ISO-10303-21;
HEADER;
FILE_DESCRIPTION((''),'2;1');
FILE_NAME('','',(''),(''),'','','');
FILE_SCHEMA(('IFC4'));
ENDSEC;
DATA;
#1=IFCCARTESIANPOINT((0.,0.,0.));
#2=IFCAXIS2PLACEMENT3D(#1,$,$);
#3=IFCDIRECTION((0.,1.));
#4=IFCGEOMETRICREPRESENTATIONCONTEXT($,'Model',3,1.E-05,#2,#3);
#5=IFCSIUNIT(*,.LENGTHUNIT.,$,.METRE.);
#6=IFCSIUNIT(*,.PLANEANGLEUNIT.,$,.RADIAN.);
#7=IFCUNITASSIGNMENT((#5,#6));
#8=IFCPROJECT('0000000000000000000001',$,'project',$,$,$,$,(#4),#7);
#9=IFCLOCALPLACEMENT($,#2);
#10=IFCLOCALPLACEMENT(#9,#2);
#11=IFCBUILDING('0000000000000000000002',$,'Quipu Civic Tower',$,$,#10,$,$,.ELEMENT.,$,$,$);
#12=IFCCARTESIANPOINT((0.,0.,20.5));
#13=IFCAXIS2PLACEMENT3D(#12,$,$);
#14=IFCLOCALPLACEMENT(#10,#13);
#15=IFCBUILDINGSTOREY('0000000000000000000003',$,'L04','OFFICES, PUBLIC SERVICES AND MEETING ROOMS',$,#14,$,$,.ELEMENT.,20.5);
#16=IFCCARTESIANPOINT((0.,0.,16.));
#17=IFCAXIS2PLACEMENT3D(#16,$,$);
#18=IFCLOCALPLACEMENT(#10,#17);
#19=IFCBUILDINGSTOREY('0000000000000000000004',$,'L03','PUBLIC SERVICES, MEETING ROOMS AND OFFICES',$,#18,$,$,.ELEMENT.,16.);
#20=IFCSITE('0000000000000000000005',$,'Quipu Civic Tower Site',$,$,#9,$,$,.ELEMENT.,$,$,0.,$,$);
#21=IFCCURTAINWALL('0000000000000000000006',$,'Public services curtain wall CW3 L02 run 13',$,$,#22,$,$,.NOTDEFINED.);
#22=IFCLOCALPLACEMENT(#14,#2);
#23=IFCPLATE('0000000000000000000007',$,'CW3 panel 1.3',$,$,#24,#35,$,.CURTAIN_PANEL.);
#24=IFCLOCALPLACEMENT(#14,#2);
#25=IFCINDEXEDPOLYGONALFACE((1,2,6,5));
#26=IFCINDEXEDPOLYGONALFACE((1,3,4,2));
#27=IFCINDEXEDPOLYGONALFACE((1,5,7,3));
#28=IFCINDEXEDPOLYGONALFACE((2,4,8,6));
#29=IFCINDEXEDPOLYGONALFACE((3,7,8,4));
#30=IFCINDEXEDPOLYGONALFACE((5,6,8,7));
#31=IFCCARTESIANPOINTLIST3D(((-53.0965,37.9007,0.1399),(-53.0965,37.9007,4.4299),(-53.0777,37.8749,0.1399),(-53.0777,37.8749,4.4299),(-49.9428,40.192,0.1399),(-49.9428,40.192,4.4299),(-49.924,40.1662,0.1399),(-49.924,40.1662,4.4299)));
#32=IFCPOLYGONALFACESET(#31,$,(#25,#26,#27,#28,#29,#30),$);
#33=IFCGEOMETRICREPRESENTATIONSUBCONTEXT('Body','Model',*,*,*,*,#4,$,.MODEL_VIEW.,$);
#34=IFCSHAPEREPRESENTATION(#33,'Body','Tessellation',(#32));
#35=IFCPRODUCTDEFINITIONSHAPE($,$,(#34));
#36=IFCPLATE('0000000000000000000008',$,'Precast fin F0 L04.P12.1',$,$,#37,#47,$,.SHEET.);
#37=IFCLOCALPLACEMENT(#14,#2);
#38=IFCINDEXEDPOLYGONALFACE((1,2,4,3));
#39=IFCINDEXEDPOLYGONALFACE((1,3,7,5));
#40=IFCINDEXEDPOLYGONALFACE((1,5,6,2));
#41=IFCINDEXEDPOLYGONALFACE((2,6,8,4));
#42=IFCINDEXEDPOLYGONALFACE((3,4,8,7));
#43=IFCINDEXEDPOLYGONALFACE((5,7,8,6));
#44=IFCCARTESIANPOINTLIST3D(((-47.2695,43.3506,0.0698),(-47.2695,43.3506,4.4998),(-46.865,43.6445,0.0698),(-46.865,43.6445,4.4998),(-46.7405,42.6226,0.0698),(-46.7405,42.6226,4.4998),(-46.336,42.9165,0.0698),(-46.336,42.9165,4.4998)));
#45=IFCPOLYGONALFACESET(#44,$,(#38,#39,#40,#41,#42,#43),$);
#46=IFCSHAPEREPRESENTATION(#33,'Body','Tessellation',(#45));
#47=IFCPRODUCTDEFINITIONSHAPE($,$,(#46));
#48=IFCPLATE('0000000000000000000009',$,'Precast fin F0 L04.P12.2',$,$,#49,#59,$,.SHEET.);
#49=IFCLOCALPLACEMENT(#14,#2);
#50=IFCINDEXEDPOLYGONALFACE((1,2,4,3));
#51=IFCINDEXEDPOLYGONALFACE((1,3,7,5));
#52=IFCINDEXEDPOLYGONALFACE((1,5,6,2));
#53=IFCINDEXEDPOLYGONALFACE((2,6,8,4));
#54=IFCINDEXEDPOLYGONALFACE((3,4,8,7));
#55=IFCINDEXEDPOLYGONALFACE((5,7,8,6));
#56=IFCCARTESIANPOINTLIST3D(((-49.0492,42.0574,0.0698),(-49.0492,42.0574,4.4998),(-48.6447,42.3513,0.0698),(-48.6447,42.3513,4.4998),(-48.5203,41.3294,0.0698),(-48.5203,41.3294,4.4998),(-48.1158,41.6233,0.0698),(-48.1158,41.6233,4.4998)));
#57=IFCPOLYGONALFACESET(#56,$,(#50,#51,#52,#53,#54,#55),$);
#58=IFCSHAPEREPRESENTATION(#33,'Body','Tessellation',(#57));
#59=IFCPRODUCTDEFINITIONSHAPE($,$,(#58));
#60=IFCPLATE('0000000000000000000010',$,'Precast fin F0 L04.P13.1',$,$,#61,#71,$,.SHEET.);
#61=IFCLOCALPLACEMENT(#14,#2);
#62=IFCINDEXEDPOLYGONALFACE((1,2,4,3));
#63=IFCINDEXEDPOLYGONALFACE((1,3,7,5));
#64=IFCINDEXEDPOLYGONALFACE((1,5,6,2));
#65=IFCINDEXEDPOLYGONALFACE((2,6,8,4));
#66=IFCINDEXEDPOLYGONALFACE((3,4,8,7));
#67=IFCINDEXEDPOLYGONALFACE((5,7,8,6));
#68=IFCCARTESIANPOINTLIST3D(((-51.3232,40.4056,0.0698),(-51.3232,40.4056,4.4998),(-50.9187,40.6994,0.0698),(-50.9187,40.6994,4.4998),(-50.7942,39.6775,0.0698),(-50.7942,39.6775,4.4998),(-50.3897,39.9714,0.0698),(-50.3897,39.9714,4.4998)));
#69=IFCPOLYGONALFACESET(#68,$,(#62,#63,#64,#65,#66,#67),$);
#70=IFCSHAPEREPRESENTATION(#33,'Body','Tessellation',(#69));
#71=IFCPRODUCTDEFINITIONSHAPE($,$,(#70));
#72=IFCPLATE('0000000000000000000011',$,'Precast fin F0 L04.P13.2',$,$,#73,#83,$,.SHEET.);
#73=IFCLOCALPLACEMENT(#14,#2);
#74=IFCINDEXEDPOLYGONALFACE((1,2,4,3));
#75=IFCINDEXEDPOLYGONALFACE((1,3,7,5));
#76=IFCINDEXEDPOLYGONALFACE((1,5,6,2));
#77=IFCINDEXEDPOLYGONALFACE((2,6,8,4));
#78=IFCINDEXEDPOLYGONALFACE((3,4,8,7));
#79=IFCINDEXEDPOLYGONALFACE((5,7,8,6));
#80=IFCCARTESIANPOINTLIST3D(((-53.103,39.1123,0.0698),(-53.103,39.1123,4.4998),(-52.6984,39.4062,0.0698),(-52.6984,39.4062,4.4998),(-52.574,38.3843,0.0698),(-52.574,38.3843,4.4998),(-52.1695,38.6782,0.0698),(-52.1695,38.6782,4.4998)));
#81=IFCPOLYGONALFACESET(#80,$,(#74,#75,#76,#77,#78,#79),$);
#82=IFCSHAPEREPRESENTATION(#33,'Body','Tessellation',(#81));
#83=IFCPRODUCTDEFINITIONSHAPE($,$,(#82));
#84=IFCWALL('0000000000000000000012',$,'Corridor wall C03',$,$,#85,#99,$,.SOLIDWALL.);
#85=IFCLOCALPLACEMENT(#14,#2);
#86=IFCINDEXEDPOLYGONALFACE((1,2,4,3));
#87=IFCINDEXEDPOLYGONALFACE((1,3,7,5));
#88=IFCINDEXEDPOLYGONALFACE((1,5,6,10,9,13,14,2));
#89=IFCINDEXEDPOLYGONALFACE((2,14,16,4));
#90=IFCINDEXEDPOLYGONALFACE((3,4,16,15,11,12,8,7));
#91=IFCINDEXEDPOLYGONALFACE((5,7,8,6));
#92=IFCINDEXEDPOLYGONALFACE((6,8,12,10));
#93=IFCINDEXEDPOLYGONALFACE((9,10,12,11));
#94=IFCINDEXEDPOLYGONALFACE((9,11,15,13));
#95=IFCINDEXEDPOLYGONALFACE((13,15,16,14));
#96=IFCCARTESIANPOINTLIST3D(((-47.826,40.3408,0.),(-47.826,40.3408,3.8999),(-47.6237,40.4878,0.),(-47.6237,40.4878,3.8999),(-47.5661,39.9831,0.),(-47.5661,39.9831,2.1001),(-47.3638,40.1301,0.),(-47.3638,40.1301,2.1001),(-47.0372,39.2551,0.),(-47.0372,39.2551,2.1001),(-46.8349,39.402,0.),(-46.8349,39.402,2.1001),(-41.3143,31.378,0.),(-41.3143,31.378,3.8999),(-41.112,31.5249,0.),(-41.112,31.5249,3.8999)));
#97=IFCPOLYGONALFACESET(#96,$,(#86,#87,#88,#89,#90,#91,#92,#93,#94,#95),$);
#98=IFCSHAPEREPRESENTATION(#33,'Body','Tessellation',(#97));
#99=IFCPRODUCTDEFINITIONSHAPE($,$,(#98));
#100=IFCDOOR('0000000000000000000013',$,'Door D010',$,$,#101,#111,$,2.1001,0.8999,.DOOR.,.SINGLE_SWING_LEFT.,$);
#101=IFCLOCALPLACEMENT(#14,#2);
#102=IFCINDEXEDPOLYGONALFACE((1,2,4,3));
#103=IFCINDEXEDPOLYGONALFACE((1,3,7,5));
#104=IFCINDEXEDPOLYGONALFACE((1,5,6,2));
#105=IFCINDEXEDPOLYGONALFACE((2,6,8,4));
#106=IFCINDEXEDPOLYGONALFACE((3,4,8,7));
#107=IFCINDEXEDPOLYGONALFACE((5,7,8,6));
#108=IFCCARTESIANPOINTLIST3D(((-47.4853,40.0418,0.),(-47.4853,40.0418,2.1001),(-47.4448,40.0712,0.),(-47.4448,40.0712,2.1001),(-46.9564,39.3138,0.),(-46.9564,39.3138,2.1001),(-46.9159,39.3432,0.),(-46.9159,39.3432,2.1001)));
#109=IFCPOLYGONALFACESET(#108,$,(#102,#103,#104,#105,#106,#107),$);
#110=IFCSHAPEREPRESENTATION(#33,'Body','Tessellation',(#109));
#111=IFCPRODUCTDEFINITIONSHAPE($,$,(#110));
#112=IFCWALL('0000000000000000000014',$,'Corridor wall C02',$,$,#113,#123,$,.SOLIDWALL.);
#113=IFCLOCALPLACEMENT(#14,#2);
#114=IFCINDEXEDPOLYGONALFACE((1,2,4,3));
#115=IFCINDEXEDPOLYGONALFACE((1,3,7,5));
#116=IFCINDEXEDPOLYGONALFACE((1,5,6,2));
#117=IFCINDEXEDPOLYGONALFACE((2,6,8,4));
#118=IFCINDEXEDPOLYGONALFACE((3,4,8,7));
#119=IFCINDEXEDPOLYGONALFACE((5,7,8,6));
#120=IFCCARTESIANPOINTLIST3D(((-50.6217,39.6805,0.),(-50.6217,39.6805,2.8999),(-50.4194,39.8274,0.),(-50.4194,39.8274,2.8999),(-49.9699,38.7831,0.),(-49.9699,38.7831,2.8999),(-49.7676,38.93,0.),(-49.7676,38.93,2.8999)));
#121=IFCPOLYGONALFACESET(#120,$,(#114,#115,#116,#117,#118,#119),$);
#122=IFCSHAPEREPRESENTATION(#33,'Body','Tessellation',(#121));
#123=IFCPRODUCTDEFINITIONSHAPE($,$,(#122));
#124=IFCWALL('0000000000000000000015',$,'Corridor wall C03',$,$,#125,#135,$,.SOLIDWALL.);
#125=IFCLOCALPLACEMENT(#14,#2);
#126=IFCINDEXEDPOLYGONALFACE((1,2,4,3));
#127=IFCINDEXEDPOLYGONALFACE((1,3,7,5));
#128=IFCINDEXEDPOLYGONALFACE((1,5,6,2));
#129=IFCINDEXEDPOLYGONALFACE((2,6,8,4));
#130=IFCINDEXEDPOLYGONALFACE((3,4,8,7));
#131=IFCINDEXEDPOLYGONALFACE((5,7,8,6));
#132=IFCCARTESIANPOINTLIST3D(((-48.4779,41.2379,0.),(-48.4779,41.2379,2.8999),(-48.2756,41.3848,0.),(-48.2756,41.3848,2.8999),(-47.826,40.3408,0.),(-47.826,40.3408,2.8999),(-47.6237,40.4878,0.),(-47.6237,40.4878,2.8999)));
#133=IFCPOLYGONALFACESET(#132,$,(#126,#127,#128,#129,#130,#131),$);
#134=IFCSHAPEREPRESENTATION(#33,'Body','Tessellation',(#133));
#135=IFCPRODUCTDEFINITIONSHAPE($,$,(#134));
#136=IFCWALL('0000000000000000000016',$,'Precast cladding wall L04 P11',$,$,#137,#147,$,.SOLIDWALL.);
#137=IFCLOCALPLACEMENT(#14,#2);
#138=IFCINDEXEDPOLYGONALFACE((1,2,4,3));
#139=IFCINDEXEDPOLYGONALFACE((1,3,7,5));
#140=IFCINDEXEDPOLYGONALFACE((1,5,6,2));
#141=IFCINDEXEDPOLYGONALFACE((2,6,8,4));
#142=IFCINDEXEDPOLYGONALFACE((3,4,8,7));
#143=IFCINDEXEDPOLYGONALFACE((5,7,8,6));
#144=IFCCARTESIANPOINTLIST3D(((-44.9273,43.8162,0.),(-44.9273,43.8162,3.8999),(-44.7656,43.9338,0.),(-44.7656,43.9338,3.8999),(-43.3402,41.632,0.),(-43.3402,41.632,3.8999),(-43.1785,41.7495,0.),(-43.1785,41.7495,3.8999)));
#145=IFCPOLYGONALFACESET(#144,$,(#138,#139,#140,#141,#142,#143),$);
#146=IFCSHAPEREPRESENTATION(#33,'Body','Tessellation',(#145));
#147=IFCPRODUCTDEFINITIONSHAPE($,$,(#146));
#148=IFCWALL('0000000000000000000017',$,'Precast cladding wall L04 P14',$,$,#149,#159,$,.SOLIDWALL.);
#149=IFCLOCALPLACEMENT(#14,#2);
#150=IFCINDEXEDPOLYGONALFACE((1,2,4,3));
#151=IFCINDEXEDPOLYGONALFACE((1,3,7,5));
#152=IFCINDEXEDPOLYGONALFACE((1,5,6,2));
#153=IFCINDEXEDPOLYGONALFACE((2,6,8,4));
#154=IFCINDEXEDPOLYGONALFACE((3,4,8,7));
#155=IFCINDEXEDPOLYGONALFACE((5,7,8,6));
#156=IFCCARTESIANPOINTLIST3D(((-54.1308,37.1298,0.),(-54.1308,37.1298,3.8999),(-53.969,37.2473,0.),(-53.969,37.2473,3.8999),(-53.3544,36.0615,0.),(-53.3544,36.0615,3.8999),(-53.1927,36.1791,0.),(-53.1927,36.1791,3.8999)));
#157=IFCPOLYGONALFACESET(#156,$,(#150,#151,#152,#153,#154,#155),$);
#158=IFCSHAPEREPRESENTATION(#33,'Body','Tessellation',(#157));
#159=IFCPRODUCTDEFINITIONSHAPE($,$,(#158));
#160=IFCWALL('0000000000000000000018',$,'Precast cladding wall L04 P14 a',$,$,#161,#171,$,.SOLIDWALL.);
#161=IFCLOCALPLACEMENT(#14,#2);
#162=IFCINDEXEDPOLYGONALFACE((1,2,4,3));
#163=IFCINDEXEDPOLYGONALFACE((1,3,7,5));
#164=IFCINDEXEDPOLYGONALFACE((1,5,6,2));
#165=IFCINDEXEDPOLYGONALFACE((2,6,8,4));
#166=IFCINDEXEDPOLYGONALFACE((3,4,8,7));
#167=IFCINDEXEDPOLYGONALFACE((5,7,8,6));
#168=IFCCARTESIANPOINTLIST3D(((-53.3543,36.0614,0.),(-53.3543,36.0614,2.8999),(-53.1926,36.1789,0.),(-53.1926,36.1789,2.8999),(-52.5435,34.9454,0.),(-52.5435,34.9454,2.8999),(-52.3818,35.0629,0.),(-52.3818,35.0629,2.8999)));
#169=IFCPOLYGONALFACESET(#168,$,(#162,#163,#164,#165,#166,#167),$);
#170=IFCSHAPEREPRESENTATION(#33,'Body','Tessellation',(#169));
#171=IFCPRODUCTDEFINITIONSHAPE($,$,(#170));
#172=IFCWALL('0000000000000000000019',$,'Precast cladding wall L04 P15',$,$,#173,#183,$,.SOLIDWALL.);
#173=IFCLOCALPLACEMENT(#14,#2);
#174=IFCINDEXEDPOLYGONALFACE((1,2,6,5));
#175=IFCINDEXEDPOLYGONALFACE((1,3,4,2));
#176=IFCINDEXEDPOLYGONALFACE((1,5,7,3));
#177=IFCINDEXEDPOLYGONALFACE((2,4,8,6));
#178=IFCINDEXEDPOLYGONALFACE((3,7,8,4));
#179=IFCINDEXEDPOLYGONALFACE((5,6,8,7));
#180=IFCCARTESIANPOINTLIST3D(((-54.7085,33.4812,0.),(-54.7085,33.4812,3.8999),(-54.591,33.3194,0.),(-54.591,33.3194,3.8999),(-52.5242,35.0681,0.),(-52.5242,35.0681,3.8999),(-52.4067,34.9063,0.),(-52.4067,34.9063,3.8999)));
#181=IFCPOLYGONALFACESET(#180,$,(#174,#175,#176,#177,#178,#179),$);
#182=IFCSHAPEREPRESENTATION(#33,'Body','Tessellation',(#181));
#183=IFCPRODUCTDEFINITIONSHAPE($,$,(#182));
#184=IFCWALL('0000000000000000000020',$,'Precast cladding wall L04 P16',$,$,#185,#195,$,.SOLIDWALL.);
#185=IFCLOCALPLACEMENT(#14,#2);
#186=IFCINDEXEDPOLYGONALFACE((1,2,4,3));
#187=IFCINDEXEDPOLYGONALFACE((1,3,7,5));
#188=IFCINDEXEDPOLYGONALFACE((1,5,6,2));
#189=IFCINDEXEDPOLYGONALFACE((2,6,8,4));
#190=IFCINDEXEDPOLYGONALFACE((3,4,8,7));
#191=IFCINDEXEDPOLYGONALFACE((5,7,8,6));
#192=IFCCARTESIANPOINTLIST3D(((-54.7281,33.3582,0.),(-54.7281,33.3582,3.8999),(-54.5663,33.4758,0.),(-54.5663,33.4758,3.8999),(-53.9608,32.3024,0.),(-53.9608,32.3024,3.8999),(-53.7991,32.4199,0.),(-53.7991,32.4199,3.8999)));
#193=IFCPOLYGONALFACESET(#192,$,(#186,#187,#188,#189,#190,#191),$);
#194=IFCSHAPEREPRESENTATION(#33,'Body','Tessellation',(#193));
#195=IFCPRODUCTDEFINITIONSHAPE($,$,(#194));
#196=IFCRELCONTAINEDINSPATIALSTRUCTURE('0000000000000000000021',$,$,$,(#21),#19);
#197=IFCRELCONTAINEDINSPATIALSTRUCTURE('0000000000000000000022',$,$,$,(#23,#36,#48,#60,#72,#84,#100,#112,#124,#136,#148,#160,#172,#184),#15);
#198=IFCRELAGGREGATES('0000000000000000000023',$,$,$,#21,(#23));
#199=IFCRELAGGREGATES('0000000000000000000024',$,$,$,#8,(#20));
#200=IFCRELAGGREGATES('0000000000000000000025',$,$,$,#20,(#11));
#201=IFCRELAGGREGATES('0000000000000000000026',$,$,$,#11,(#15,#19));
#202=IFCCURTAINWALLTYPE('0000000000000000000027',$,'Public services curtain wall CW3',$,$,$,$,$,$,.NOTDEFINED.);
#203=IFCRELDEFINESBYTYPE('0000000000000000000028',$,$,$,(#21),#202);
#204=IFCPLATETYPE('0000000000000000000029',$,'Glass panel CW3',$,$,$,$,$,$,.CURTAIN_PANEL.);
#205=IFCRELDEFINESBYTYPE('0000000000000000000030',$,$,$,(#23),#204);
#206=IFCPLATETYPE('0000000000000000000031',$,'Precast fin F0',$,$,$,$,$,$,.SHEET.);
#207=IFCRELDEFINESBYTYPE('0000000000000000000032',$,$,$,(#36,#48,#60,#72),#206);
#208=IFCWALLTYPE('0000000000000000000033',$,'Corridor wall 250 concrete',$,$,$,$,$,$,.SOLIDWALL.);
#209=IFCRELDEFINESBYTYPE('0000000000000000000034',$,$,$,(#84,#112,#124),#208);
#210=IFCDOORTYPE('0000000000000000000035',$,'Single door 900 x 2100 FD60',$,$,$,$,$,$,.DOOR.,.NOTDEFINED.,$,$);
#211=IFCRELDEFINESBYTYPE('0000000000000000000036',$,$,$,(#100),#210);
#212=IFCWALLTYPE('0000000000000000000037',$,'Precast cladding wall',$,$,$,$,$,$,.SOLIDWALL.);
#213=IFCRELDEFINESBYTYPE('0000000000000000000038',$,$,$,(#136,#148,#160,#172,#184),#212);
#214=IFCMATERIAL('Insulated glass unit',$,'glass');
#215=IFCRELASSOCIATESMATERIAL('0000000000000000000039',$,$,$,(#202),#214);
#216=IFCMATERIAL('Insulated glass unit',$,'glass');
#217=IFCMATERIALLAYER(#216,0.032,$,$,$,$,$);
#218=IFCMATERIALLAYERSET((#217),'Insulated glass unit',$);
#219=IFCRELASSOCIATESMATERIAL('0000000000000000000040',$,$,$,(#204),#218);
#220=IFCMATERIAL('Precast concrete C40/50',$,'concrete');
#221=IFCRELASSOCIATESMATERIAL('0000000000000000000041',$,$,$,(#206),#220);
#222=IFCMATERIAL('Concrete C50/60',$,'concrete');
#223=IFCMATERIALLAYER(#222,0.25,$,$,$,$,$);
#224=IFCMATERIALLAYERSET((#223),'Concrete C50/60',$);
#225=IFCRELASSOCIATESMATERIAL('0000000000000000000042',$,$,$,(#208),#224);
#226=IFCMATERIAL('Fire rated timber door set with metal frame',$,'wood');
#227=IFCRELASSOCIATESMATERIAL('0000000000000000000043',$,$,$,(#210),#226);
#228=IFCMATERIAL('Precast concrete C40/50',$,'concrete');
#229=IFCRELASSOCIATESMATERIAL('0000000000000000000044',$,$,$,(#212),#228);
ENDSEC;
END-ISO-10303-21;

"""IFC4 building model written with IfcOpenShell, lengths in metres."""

from ifc_helpers import new_model, si_unit, direction, frame, frame_2d, origin, origin_2d, place, context, subcontext, project, spatial, rectangle, extrude, material, layer, layer_set, type_object, element, fill, aggregate, save


model = new_model("IFC4")

# Units and contexts
model_context = context("Model", 3, precision=1e-05, world=origin(), true_north=direction((0.0, 1.0)))
body_context = subcontext(model_context, "Body", "Model", "MODEL_VIEW")
ifc_project = project(units=[si_unit("LENGTHUNIT", "METRE"), si_unit("PLANEANGLEUNIT", "RADIAN")], contexts=[model_context])

# Site, building, storey
site_placement = place(None, origin())
site = spatial("IfcSite", under=ifc_project, at=site_placement, Name="Quipu Civic Tower Site", CompositionType="ELEMENT", RefElevation=0.0)
building_placement = place(site_placement, origin())
building = spatial("IfcBuilding", under=site, at=building_placement, Name="Quipu Civic Tower", CompositionType="ELEMENT")
storey_1_placement = place(building_placement, frame((0.0, 0.0, 20.5)))
storey_1 = spatial("IfcBuildingStorey", under=building, at=storey_1_placement, Name="L04", Description="OFFICES, PUBLIC SERVICES AND MEETING ROOMS", CompositionType="ELEMENT", Elevation=20.5)

# Shared definitions
storey_2_placement = place(building_placement, frame((0.0, 0.0, 16.0)))
storey_2 = spatial("IfcBuildingStorey", under=building, at=storey_2_placement, Name="L03", Description="PUBLIC SERVICES, MEETING ROOMS AND OFFICES", CompositionType="ELEMENT", Elevation=16.0)

# Curtain wall
ifc_material_1 = material(Name="Insulated glass unit", Category="glass")
curtain_wall_type = type_object("IfcCurtainWallType", Name="Public services curtain wall CW3", PredefinedType="NOTDEFINED", material=ifc_material_1)
curtain_wall_1_placement = place(storey_2_placement, origin())
curtain_wall_1 = element("IfcCurtainWall", 1, at=curtain_wall_1_placement, inside=storey_2, type_object=curtain_wall_type, Name="Public services curtain wall CW3 L02 run 13", PredefinedType="NOTDEFINED")

# Plate
ifc_material_2 = material(Name="Insulated glass unit", Category="glass")
ifc_layer_1 = layer(ifc_material_2, 0.032)
ifc_layer_set_1 = layer_set([ifc_layer_1], Name="Insulated glass unit")
plate_type_1 = type_object("IfcPlateType", Name="Glass panel CW3", PredefinedType="CURTAIN_PANEL", material=ifc_layer_set_1)
plate_1_placement = place(storey_1_placement, frame((-51.5103, 39.0334, 0.1399), z_axis=(0.0, 0.0, 1.0), x_axis=(-0.809015, -0.587789, 0.0)))
plate_1 = element("IfcPlate", 2, at=plate_1_placement, inside=storey_1, type_object=plate_type_1, Name="CW3 panel 1.3", PredefinedType="CURTAIN_PANEL", context=body_context, shape_type="SweptSolid", body=[
    extrude(rectangle(XDim=3.8982, YDim=0.032, at=origin_2d()), origin(), (0.0, 0.0, 1.0), 4.29),
])
aggregate(curtain_wall_1, [plate_1])

# Plates
ifc_material_3 = material(Name="Precast concrete C40/50", Category="concrete")
plate_type_2 = type_object("IfcPlateType", Name="Precast fin F0", PredefinedType="SHEET", material=ifc_material_3)
for number, where, z_axis, x_axis, name in (
    (3, (-46.8027, 43.1335, 0.0698), (0.0, 0.0, 1.0), (-0.809021, -0.587779, 0.0), "Precast fin F0 L04.P12.1"),
    (4, (-48.5825, 41.8403, 0.0698), (0.0, 0.0, 1.0), (-0.809021, -0.587779, 0.0), "Precast fin F0 L04.P12.2"),
    (5, (-50.8564, 40.1885, 0.0698), (0.0, 0.0, 1.0), (-0.809021, -0.587779, 0.0), "Precast fin F0 L04.P13.1"),
    (6, (-52.6362, 38.8953, 0.0698), (0.0, 0.0, 1.0), (-0.809021, -0.587779, 0.0), "Precast fin F0 L04.P13.2"),
):
    element("IfcPlate", number, at=place(storey_1_placement, frame(where, z_axis=z_axis, x_axis=x_axis)), inside=storey_1, type_object=plate_type_2, Name=name, PredefinedType="SHEET", context=body_context, shape_type="SweptSolid", body=[
        extrude(rectangle(XDim=0.5, YDim=0.8999, at=origin_2d()), origin(), (0.0, 0.0, 1.0), 4.4299),
    ])

# Wall, opening, door
ifc_material_4 = material(Name="Concrete C50/60", Category="concrete")
ifc_layer_2 = layer(ifc_material_4, 0.25)
ifc_layer_set_2 = layer_set([ifc_layer_2], Name="Concrete C50/60")
wall_type_1 = type_object("IfcWallType", Name="Corridor wall 250 concrete", PredefinedType="SOLIDWALL", material=ifc_layer_set_2)
wall_1_placement = place(storey_1_placement, frame((-47.7249, 40.4143, 0.0), z_axis=(0.0, 0.0, 1.0), x_axis=(0.587773, -0.809026, 0.0)))
wall_1 = element("IfcWall", 7, at=wall_1_placement, inside=storey_1, type_object=wall_type_1, Name="Corridor wall C03", PredefinedType="SOLIDWALL", context=body_context, shape_type="SweptSolid", body=[
    extrude(rectangle(XDim=11.0786, YDim=0.25, at=frame_2d((5.5393, 0.0))), origin(), (0.0, 0.0, 1.0), 3.8999),
])
opening_placement = place(wall_1_placement, frame((0.4421, 0.0, 0.0)))
opening = element("IfcOpeningElement", 8, at=opening_placement, cuts=wall_1, PredefinedType="OPENING", context=body_context, shape_type="SweptSolid", body=[
    extrude(rectangle(XDim=0.8999, YDim=2.1001, at=frame_2d((0.45, 1.05))), frame((0.0, 0.135, 0.0), z_axis=(0.0, -1.0, 0.0), x_axis=(1.0, 0.0, 0.0)), (0.0, 0.0, 1.0), 0.27),
])
ifc_material_5 = material(Name="Fire rated timber door set with metal frame", Category="wood")
door_type = type_object("IfcDoorType", Name="Single door 900 x 2100 FD60", OperationType="NOTDEFINED", PredefinedType="DOOR", material=ifc_material_5)
door_placement = place(opening_placement, origin())
door = element("IfcDoor", 9, at=door_placement, inside=storey_1, type_object=door_type, Name="Door D010", OperationType="SINGLE_SWING_LEFT", OverallHeight=2.1001, OverallWidth=0.8999, PredefinedType="DOOR", context=body_context, shape_type="SweptSolid", body=[
    extrude(rectangle(XDim=0.8999, YDim=2.1001, at=frame_2d((0.45, 1.05))), frame((0.0, 0.0249, 0.0), z_axis=(0.0, -1.0, 0.0), x_axis=(1.0, 0.0, 0.0)), (0.0, 0.0, 1.0), 0.05),
])
fill(opening, door)

# Walls
wall_2_placement = place(storey_1_placement, frame((-49.8687, 38.8564, 0.0), z_axis=(0.0, 0.0, 1.0), x_axis=(-0.587674, 0.809098, 0.0)))
element("IfcWall", 10, at=wall_2_placement, inside=storey_1, type_object=wall_type_1, Name="Corridor wall C02", PredefinedType="SOLIDWALL", context=body_context, shape_type="SweptSolid", body=[
    extrude(rectangle(XDim=1.1091, YDim=0.25, at=frame_2d((0.5547, 0.0))), origin(), (0.0, 0.0, 1.0), 2.8999),
])
wall_3_placement = place(storey_1_placement, frame((-47.7249, 40.4143, 0.0), z_axis=(0.0, 0.0, 1.0), x_axis=(-0.587884, 0.808946, 0.0)))
element("IfcWall", 11, at=wall_3_placement, inside=storey_1, type_object=wall_type_1, Name="Corridor wall C03", PredefinedType="SOLIDWALL", context=body_context, shape_type="SweptSolid", body=[
    extrude(rectangle(XDim=1.1089, YDim=0.25, at=frame_2d((0.5544, 0.0))), origin(), (0.0, 0.0, 1.0), 2.8999),
])
ifc_material_6 = material(Name="Precast concrete C40/50", Category="concrete")
wall_type_2 = type_object("IfcWallType", Name="Precast cladding wall", PredefinedType="SOLIDWALL", material=ifc_material_6)
wall_4_placement = place(storey_1_placement, frame((-43.2593, 41.6907, 0.0), z_axis=(0.0, 0.0, 1.0), x_axis=(-0.587822, 0.80899, 0.0)))
element("IfcWall", 12, at=wall_4_placement, inside=storey_1, type_object=wall_type_2, Name="Precast cladding wall L04 P11", PredefinedType="SOLIDWALL", context=body_context, shape_type="SweptSolid", body=[
    extrude(rectangle(XDim=2.7, YDim=0.2, at=frame_2d((1.3501, 0.0))), origin(), (0.0, 0.0, 1.0), 3.8999),
])
wall_5_placement = place(storey_1_placement, frame((-54.0498, 37.1885, 0.0), z_axis=(0.0, 0.0, 1.0), x_axis=(0.587864, -0.80896, 0.0)))
element("IfcWall", 13, at=wall_5_placement, inside=storey_1, type_object=wall_type_2, Name="Precast cladding wall L04 P14", PredefinedType="SOLIDWALL", context=body_context, shape_type="SweptSolid", body=[
    extrude(rectangle(XDim=1.3206, YDim=0.2, at=frame_2d((0.6602, 0.0))), origin(), (0.0, 0.0, 1.0), 3.8999),
])
wall_6_placement = place(storey_1_placement, frame((-53.2734, 36.1201, 0.0), z_axis=(0.0, 0.0, 1.0), x_axis=(0.587782, -0.809019, 0.0)))
element("IfcWall", 14, at=wall_6_placement, inside=storey_1, type_object=wall_type_2, Name="Precast cladding wall L04 P14 a", PredefinedType="SOLIDWALL", context=body_context, shape_type="SweptSolid", body=[
    extrude(rectangle(XDim=1.3794, YDim=0.2, at=frame_2d((0.6897, 0.0))), origin(), (0.0, 0.0, 1.0), 2.8999),
])
wall_7_placement = place(storey_1_placement, frame((-52.4653, 34.9873, 0.0), z_axis=(0.0, 0.0, 1.0), x_axis=(-0.809033, -0.587763, 0.0)))
element("IfcWall", 15, at=wall_7_placement, inside=storey_1, type_object=wall_type_2, Name="Precast cladding wall L04 P15", PredefinedType="SOLIDWALL", context=body_context, shape_type="SweptSolid", body=[
    extrude(rectangle(XDim=2.7, YDim=0.2, at=frame_2d((1.3501, 0.0))), origin(), (0.0, 0.0, 1.0), 3.8999),
])
wall_8_placement = place(storey_1_placement, frame((-54.6472, 33.417, 0.0), z_axis=(0.0, 0.0, 1.0), x_axis=(0.587871, -0.808954, 0.0)))
element("IfcWall", 16, at=wall_8_placement, inside=storey_1, type_object=wall_type_2, Name="Precast cladding wall L04 P16", PredefinedType="SOLIDWALL", context=body_context, shape_type="SweptSolid", body=[
    extrude(rectangle(XDim=1.3052, YDim=0.2, at=frame_2d((0.6526, 0.0))), origin(), (0.0, 0.0, 1.0), 3.8999),
])

save(model, "model.ifc")
